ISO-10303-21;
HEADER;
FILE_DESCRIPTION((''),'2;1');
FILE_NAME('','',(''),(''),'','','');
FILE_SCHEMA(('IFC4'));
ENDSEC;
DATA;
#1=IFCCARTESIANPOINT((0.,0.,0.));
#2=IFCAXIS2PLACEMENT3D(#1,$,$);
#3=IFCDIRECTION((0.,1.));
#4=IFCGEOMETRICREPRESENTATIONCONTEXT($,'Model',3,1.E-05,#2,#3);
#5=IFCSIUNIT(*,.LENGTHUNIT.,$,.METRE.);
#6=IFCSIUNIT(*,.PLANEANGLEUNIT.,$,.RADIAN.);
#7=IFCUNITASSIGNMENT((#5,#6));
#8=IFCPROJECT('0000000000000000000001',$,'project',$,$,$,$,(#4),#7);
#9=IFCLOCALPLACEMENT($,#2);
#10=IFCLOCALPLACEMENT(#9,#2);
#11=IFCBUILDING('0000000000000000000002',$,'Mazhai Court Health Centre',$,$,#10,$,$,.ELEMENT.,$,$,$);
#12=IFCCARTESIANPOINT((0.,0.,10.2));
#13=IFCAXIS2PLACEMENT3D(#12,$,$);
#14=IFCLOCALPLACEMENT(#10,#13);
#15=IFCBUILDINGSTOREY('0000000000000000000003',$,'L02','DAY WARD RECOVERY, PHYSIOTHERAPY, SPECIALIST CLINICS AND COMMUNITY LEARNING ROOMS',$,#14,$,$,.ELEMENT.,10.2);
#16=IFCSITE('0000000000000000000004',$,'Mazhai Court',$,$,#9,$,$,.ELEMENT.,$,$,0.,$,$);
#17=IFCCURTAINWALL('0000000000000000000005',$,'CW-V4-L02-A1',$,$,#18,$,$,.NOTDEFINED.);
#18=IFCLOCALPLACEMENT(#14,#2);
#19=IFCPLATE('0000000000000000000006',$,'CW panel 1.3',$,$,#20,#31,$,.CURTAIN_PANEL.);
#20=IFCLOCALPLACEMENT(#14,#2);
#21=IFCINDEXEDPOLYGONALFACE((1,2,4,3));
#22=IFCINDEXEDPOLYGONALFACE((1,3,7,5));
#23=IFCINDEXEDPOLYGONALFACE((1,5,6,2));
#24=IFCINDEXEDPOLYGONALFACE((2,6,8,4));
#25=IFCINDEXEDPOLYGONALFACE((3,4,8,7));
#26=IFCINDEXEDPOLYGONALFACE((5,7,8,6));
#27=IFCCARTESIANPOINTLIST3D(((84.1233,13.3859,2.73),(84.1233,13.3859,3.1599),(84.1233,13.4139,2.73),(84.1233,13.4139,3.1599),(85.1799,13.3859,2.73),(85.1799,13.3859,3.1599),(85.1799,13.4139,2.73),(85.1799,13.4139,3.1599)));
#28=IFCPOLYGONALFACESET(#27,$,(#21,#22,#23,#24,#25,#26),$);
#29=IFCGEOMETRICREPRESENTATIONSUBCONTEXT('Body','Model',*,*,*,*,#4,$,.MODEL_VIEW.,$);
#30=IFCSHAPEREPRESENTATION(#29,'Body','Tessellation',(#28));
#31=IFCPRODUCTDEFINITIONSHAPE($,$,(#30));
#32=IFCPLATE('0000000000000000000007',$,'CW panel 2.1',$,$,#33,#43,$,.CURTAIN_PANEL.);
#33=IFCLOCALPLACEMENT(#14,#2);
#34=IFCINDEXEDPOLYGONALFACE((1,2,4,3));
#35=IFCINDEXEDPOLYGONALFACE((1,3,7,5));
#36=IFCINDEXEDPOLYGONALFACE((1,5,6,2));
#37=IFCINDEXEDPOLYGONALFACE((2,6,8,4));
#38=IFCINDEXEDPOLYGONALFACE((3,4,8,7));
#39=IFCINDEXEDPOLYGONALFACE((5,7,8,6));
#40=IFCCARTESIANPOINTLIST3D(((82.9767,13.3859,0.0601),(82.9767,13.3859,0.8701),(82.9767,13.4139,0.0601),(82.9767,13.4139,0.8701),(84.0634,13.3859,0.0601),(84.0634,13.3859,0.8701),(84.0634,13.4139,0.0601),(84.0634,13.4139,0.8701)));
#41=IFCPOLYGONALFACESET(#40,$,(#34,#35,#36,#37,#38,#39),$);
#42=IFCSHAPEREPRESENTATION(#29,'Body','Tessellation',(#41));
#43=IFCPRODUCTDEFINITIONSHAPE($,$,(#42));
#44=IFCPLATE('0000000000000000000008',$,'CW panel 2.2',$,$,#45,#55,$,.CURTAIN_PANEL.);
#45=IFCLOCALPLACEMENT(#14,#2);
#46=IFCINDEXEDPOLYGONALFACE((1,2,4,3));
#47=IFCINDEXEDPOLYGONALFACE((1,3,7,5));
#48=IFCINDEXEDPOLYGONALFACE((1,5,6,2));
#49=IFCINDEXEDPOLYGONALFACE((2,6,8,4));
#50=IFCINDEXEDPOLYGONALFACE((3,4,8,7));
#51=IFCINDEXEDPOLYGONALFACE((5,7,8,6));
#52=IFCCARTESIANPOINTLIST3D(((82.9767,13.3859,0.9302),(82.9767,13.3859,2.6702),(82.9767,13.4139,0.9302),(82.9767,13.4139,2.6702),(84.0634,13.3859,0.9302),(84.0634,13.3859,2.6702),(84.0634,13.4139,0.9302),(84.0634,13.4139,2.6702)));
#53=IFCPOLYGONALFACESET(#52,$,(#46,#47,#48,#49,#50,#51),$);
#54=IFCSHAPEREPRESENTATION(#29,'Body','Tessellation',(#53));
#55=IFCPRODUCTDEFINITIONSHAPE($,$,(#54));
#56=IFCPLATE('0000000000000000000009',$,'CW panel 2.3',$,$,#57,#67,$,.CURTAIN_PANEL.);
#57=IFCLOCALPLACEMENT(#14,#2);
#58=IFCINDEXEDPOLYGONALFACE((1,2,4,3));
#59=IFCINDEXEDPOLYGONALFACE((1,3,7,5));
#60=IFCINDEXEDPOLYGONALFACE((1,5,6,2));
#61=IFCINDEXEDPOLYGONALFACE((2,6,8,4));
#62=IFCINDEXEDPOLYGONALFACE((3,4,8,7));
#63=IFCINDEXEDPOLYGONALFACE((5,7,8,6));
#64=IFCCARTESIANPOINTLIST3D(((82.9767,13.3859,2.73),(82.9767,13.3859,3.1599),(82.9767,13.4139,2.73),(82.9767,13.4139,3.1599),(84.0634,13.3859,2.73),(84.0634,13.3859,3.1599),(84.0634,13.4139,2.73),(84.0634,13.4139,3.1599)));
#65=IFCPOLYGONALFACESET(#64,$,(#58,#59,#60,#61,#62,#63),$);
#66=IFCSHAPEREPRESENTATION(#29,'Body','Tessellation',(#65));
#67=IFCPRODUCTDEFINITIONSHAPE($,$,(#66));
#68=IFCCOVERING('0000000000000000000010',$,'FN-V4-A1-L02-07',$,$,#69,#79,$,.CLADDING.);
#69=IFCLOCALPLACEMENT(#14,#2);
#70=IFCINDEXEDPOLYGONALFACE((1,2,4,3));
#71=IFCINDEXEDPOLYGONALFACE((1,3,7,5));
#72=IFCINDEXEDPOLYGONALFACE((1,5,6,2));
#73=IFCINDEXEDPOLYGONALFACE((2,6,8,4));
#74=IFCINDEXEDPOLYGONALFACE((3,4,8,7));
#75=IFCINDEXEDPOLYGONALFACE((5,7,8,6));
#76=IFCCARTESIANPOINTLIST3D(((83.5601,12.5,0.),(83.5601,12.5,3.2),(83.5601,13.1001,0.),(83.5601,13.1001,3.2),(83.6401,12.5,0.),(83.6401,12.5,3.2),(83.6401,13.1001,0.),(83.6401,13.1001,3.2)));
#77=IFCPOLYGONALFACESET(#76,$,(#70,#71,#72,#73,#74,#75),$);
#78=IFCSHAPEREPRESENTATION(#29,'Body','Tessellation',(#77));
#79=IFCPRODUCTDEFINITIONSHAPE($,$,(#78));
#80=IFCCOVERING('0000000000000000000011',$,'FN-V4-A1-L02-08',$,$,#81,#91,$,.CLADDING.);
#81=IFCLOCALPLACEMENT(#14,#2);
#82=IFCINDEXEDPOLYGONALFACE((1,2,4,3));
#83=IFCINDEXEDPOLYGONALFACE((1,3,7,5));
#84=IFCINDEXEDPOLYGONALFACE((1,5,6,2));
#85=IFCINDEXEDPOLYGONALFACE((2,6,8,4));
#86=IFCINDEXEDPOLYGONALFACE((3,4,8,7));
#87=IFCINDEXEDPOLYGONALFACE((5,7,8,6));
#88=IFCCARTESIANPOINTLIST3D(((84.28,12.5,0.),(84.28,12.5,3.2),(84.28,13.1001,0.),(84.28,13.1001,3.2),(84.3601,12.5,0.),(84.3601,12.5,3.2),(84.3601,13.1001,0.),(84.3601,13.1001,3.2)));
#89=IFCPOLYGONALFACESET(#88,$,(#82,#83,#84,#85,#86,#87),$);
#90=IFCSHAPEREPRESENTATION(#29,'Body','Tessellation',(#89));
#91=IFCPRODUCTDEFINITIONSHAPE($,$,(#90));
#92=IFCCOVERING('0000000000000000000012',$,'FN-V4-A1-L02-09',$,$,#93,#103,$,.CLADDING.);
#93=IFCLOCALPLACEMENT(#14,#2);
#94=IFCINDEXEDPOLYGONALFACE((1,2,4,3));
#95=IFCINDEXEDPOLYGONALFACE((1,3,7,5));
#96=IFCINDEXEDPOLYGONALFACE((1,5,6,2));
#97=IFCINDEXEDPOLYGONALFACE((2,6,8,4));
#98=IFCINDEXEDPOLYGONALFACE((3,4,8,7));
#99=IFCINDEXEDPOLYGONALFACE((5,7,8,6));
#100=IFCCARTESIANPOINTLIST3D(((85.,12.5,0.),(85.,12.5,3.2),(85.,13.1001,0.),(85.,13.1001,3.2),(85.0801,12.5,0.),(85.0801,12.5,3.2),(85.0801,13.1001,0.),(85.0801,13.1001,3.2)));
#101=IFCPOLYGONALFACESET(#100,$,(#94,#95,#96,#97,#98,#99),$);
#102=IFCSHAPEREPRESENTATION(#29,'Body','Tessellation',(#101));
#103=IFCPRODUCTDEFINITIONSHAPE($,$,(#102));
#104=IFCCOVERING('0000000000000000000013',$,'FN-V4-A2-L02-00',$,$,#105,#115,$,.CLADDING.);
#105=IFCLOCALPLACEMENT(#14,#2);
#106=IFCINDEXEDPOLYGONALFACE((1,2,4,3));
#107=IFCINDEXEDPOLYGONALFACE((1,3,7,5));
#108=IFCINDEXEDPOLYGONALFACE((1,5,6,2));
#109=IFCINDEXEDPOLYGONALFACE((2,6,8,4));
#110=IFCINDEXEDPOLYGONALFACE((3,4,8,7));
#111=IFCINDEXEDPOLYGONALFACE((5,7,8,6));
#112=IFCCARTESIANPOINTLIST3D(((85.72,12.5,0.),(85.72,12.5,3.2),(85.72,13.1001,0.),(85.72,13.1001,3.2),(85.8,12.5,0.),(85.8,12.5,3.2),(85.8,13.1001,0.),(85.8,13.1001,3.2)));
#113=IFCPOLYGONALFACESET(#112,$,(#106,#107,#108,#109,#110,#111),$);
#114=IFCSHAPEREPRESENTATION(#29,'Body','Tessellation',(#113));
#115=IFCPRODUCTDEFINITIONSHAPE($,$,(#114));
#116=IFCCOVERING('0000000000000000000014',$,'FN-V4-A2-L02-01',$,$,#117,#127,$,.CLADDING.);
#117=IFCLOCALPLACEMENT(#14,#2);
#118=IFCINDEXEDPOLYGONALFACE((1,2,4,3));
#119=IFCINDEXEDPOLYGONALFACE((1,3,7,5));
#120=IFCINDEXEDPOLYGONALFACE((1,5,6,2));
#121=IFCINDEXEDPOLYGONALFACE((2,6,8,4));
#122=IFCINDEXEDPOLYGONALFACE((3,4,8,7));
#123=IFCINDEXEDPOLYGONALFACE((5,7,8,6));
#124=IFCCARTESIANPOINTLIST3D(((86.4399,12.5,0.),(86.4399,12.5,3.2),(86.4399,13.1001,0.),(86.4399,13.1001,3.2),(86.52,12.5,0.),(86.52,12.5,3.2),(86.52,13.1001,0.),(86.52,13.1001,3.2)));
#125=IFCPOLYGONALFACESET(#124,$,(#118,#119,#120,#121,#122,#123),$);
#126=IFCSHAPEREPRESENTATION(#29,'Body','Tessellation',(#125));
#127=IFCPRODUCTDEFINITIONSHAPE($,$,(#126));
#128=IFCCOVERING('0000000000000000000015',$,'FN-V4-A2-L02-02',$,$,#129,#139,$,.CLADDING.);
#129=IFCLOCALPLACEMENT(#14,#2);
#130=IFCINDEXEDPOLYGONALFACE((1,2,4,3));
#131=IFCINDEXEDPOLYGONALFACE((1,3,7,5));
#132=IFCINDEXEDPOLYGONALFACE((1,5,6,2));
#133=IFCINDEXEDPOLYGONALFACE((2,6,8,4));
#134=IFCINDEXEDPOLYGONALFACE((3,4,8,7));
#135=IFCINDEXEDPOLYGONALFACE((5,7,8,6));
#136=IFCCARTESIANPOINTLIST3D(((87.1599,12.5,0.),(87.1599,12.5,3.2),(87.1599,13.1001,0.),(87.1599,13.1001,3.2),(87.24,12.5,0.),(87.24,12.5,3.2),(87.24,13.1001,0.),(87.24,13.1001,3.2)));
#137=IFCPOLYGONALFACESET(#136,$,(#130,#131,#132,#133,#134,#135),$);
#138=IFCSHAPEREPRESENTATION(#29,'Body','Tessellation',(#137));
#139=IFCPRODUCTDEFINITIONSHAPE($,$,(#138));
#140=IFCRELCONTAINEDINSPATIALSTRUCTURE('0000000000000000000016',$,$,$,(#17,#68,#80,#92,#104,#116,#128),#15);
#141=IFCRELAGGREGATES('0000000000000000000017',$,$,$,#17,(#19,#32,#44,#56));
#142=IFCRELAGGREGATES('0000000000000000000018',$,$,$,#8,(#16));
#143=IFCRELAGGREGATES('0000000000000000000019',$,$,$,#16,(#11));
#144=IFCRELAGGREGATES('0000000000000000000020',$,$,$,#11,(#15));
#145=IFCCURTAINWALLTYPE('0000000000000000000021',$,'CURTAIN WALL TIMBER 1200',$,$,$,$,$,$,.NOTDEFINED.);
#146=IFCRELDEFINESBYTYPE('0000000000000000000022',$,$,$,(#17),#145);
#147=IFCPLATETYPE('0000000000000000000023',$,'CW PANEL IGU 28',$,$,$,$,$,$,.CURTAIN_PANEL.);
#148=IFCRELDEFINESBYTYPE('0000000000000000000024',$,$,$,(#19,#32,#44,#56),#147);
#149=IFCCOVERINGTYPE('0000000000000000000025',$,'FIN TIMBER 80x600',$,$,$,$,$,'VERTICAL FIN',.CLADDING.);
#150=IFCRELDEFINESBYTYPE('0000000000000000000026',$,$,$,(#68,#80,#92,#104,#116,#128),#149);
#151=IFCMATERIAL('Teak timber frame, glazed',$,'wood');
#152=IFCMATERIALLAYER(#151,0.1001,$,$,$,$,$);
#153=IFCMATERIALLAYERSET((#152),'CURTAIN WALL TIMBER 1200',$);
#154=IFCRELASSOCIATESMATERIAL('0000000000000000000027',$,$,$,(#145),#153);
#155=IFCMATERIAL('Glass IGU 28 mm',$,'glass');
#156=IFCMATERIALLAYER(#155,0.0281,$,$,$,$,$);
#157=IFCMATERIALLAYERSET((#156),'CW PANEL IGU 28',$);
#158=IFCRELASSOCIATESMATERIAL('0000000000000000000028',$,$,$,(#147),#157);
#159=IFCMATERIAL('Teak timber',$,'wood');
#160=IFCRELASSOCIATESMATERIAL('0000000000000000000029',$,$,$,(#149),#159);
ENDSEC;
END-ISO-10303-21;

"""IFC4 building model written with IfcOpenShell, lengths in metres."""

from ifc_helpers import new_model, si_unit, direction, frame, origin, origin_2d, place, context, subcontext, project, spatial, rectangle, extrude, material, layer, layer_set, type_object, element, aggregate, save


model = new_model("IFC4")

# Units and contexts
model_context = context("Model", 3, precision=1e-05, world=origin(), true_north=direction((0.0, 1.0)))
body_context = subcontext(model_context, "Body", "Model", "MODEL_VIEW")
ifc_project = project(units=[si_unit("LENGTHUNIT", "METRE"), si_unit("PLANEANGLEUNIT", "RADIAN")], contexts=[model_context])

# Site, building, storey
site_placement = place(None, origin())
site = spatial("IfcSite", under=ifc_project, at=site_placement, Name="Mazhai Court", CompositionType="ELEMENT", RefElevation=0.0)
building_placement = place(site_placement, origin())
building = spatial("IfcBuilding", under=site, at=building_placement, Name="Mazhai Court Health Centre", CompositionType="ELEMENT")
storey_placement = place(building_placement, frame((0.0, 0.0, 10.2)))
storey = spatial("IfcBuildingStorey", under=building, at=storey_placement, Name="L02", Description="DAY WARD RECOVERY, PHYSIOTHERAPY, SPECIALIST CLINICS AND COMMUNITY LEARNING ROOMS", CompositionType="ELEMENT", Elevation=10.2)

# Curtain wall
ifc_material_1 = material(Name="Teak timber frame, glazed", Category="wood")
ifc_layer_1 = layer(ifc_material_1, 0.1001)
ifc_layer_set_1 = layer_set([ifc_layer_1], Name="CURTAIN WALL TIMBER 1200")
curtain_wall_type = type_object("IfcCurtainWallType", Name="CURTAIN WALL TIMBER 1200", PredefinedType="NOTDEFINED", material=ifc_layer_set_1)
curtain_wall_placement = place(storey_placement, origin())
curtain_wall = element("IfcCurtainWall", 1, at=curtain_wall_placement, inside=storey, type_object=curtain_wall_type, Name="CW-V4-L02-A1", PredefinedType="NOTDEFINED")

# Plates
ifc_material_2 = material(Name="Glass IGU 28 mm", Category="glass")
ifc_layer_2 = layer(ifc_material_2, 0.0281)
ifc_layer_set_2 = layer_set([ifc_layer_2], Name="CW PANEL IGU 28")
plate_type = type_object("IfcPlateType", Name="CW PANEL IGU 28", PredefinedType="CURTAIN_PANEL", material=ifc_layer_set_2)
plate_1_placement = place(storey_placement, frame((84.6516, 13.3999, 2.73), z_axis=(0.0, 0.0, 1.0), x_axis=(-1.0, 0.0, 0.0)))
plate_1 = element("IfcPlate", 2, at=plate_1_placement, type_object=plate_type, Name="CW panel 1.3", PredefinedType="CURTAIN_PANEL", context=body_context, shape_type="SweptSolid", body=[
    extrude(rectangle(XDim=1.0566, YDim=0.0281, at=origin_2d()), origin(), (0.0, 0.0, 1.0), 0.4299),
])
plate_2_placement = place(storey_placement, frame((83.52, 13.3999, 0.0601), z_axis=(0.0, 0.0, 1.0), x_axis=(-1.0, 0.0, 0.0)))
plate_2 = element("IfcPlate", 3, at=plate_2_placement, type_object=plate_type, Name="CW panel 2.1", PredefinedType="CURTAIN_PANEL", context=body_context, shape_type="SweptSolid", body=[
    extrude(rectangle(XDim=1.0867, YDim=0.0281, at=origin_2d()), origin(), (0.0, 0.0, 1.0), 0.8101),
])
plate_3_placement = place(storey_placement, frame((83.52, 13.3999, 0.9302), z_axis=(0.0, 0.0, 1.0), x_axis=(-1.0, 0.0, 0.0)))
plate_3 = element("IfcPlate", 4, at=plate_3_placement, type_object=plate_type, Name="CW panel 2.2", PredefinedType="CURTAIN_PANEL", context=body_context, shape_type="SweptSolid", body=[
    extrude(rectangle(XDim=1.0867, YDim=0.0281, at=origin_2d()), origin(), (0.0, 0.0, 1.0), 1.74),
])
plate_4_placement = place(storey_placement, frame((83.52, 13.3999, 2.73), z_axis=(0.0, 0.0, 1.0), x_axis=(-1.0, 0.0, 0.0)))
plate_4 = element("IfcPlate", 5, at=plate_4_placement, type_object=plate_type, Name="CW panel 2.3", PredefinedType="CURTAIN_PANEL", context=body_context, shape_type="SweptSolid", body=[
    extrude(rectangle(XDim=1.0867, YDim=0.0281, at=origin_2d()), origin(), (0.0, 0.0, 1.0), 0.4299),
])
aggregate(curtain_wall, [plate_1, plate_2, plate_3, plate_4])

# Coverings
ifc_material_3 = material(Name="Teak timber", Category="wood")
covering_type = type_object("IfcCoveringType", Name="FIN TIMBER 80x600", ElementType="VERTICAL FIN", PredefinedType="CLADDING", material=ifc_material_3)
for number, where, z_axis, x_axis, name in (
    (6, (83.6001, 12.8, 0.0), (0.0, 0.0, 1.0), (1.0, 0.0, 0.0), "FN-V4-A1-L02-07"),
    (7, (84.3201, 12.8, 0.0), (0.0, 0.0, 1.0), (1.0, 0.0, 0.0), "FN-V4-A1-L02-08"),
    (8, (85.04, 12.8, 0.0), (0.0, 0.0, 1.0), (1.0, 0.0, 0.0), "FN-V4-A1-L02-09"),
    (9, (85.76, 12.8, 0.0), (0.0, 0.0, 1.0), (1.0, 0.0, 0.0), "FN-V4-A2-L02-00"),
    (10, (86.48, 12.8, 0.0), (0.0, 0.0, 1.0), (1.0, 0.0, 0.0), "FN-V4-A2-L02-01"),
    (11, (87.2, 12.8, 0.0), (0.0, 0.0, 1.0), (1.0, 0.0, 0.0), "FN-V4-A2-L02-02"),
):
    element("IfcCovering", number, at=place(storey_placement, frame(where, z_axis=z_axis, x_axis=x_axis)), inside=storey, type_object=covering_type, Name=name, PredefinedType="CLADDING", context=body_context, shape_type="SweptSolid", body=[
        extrude(rectangle(XDim=0.0801, YDim=0.6001, at=origin_2d()), origin(), (0.0, 0.0, 1.0), 3.2),
    ])

save(model, "model.ifc")
